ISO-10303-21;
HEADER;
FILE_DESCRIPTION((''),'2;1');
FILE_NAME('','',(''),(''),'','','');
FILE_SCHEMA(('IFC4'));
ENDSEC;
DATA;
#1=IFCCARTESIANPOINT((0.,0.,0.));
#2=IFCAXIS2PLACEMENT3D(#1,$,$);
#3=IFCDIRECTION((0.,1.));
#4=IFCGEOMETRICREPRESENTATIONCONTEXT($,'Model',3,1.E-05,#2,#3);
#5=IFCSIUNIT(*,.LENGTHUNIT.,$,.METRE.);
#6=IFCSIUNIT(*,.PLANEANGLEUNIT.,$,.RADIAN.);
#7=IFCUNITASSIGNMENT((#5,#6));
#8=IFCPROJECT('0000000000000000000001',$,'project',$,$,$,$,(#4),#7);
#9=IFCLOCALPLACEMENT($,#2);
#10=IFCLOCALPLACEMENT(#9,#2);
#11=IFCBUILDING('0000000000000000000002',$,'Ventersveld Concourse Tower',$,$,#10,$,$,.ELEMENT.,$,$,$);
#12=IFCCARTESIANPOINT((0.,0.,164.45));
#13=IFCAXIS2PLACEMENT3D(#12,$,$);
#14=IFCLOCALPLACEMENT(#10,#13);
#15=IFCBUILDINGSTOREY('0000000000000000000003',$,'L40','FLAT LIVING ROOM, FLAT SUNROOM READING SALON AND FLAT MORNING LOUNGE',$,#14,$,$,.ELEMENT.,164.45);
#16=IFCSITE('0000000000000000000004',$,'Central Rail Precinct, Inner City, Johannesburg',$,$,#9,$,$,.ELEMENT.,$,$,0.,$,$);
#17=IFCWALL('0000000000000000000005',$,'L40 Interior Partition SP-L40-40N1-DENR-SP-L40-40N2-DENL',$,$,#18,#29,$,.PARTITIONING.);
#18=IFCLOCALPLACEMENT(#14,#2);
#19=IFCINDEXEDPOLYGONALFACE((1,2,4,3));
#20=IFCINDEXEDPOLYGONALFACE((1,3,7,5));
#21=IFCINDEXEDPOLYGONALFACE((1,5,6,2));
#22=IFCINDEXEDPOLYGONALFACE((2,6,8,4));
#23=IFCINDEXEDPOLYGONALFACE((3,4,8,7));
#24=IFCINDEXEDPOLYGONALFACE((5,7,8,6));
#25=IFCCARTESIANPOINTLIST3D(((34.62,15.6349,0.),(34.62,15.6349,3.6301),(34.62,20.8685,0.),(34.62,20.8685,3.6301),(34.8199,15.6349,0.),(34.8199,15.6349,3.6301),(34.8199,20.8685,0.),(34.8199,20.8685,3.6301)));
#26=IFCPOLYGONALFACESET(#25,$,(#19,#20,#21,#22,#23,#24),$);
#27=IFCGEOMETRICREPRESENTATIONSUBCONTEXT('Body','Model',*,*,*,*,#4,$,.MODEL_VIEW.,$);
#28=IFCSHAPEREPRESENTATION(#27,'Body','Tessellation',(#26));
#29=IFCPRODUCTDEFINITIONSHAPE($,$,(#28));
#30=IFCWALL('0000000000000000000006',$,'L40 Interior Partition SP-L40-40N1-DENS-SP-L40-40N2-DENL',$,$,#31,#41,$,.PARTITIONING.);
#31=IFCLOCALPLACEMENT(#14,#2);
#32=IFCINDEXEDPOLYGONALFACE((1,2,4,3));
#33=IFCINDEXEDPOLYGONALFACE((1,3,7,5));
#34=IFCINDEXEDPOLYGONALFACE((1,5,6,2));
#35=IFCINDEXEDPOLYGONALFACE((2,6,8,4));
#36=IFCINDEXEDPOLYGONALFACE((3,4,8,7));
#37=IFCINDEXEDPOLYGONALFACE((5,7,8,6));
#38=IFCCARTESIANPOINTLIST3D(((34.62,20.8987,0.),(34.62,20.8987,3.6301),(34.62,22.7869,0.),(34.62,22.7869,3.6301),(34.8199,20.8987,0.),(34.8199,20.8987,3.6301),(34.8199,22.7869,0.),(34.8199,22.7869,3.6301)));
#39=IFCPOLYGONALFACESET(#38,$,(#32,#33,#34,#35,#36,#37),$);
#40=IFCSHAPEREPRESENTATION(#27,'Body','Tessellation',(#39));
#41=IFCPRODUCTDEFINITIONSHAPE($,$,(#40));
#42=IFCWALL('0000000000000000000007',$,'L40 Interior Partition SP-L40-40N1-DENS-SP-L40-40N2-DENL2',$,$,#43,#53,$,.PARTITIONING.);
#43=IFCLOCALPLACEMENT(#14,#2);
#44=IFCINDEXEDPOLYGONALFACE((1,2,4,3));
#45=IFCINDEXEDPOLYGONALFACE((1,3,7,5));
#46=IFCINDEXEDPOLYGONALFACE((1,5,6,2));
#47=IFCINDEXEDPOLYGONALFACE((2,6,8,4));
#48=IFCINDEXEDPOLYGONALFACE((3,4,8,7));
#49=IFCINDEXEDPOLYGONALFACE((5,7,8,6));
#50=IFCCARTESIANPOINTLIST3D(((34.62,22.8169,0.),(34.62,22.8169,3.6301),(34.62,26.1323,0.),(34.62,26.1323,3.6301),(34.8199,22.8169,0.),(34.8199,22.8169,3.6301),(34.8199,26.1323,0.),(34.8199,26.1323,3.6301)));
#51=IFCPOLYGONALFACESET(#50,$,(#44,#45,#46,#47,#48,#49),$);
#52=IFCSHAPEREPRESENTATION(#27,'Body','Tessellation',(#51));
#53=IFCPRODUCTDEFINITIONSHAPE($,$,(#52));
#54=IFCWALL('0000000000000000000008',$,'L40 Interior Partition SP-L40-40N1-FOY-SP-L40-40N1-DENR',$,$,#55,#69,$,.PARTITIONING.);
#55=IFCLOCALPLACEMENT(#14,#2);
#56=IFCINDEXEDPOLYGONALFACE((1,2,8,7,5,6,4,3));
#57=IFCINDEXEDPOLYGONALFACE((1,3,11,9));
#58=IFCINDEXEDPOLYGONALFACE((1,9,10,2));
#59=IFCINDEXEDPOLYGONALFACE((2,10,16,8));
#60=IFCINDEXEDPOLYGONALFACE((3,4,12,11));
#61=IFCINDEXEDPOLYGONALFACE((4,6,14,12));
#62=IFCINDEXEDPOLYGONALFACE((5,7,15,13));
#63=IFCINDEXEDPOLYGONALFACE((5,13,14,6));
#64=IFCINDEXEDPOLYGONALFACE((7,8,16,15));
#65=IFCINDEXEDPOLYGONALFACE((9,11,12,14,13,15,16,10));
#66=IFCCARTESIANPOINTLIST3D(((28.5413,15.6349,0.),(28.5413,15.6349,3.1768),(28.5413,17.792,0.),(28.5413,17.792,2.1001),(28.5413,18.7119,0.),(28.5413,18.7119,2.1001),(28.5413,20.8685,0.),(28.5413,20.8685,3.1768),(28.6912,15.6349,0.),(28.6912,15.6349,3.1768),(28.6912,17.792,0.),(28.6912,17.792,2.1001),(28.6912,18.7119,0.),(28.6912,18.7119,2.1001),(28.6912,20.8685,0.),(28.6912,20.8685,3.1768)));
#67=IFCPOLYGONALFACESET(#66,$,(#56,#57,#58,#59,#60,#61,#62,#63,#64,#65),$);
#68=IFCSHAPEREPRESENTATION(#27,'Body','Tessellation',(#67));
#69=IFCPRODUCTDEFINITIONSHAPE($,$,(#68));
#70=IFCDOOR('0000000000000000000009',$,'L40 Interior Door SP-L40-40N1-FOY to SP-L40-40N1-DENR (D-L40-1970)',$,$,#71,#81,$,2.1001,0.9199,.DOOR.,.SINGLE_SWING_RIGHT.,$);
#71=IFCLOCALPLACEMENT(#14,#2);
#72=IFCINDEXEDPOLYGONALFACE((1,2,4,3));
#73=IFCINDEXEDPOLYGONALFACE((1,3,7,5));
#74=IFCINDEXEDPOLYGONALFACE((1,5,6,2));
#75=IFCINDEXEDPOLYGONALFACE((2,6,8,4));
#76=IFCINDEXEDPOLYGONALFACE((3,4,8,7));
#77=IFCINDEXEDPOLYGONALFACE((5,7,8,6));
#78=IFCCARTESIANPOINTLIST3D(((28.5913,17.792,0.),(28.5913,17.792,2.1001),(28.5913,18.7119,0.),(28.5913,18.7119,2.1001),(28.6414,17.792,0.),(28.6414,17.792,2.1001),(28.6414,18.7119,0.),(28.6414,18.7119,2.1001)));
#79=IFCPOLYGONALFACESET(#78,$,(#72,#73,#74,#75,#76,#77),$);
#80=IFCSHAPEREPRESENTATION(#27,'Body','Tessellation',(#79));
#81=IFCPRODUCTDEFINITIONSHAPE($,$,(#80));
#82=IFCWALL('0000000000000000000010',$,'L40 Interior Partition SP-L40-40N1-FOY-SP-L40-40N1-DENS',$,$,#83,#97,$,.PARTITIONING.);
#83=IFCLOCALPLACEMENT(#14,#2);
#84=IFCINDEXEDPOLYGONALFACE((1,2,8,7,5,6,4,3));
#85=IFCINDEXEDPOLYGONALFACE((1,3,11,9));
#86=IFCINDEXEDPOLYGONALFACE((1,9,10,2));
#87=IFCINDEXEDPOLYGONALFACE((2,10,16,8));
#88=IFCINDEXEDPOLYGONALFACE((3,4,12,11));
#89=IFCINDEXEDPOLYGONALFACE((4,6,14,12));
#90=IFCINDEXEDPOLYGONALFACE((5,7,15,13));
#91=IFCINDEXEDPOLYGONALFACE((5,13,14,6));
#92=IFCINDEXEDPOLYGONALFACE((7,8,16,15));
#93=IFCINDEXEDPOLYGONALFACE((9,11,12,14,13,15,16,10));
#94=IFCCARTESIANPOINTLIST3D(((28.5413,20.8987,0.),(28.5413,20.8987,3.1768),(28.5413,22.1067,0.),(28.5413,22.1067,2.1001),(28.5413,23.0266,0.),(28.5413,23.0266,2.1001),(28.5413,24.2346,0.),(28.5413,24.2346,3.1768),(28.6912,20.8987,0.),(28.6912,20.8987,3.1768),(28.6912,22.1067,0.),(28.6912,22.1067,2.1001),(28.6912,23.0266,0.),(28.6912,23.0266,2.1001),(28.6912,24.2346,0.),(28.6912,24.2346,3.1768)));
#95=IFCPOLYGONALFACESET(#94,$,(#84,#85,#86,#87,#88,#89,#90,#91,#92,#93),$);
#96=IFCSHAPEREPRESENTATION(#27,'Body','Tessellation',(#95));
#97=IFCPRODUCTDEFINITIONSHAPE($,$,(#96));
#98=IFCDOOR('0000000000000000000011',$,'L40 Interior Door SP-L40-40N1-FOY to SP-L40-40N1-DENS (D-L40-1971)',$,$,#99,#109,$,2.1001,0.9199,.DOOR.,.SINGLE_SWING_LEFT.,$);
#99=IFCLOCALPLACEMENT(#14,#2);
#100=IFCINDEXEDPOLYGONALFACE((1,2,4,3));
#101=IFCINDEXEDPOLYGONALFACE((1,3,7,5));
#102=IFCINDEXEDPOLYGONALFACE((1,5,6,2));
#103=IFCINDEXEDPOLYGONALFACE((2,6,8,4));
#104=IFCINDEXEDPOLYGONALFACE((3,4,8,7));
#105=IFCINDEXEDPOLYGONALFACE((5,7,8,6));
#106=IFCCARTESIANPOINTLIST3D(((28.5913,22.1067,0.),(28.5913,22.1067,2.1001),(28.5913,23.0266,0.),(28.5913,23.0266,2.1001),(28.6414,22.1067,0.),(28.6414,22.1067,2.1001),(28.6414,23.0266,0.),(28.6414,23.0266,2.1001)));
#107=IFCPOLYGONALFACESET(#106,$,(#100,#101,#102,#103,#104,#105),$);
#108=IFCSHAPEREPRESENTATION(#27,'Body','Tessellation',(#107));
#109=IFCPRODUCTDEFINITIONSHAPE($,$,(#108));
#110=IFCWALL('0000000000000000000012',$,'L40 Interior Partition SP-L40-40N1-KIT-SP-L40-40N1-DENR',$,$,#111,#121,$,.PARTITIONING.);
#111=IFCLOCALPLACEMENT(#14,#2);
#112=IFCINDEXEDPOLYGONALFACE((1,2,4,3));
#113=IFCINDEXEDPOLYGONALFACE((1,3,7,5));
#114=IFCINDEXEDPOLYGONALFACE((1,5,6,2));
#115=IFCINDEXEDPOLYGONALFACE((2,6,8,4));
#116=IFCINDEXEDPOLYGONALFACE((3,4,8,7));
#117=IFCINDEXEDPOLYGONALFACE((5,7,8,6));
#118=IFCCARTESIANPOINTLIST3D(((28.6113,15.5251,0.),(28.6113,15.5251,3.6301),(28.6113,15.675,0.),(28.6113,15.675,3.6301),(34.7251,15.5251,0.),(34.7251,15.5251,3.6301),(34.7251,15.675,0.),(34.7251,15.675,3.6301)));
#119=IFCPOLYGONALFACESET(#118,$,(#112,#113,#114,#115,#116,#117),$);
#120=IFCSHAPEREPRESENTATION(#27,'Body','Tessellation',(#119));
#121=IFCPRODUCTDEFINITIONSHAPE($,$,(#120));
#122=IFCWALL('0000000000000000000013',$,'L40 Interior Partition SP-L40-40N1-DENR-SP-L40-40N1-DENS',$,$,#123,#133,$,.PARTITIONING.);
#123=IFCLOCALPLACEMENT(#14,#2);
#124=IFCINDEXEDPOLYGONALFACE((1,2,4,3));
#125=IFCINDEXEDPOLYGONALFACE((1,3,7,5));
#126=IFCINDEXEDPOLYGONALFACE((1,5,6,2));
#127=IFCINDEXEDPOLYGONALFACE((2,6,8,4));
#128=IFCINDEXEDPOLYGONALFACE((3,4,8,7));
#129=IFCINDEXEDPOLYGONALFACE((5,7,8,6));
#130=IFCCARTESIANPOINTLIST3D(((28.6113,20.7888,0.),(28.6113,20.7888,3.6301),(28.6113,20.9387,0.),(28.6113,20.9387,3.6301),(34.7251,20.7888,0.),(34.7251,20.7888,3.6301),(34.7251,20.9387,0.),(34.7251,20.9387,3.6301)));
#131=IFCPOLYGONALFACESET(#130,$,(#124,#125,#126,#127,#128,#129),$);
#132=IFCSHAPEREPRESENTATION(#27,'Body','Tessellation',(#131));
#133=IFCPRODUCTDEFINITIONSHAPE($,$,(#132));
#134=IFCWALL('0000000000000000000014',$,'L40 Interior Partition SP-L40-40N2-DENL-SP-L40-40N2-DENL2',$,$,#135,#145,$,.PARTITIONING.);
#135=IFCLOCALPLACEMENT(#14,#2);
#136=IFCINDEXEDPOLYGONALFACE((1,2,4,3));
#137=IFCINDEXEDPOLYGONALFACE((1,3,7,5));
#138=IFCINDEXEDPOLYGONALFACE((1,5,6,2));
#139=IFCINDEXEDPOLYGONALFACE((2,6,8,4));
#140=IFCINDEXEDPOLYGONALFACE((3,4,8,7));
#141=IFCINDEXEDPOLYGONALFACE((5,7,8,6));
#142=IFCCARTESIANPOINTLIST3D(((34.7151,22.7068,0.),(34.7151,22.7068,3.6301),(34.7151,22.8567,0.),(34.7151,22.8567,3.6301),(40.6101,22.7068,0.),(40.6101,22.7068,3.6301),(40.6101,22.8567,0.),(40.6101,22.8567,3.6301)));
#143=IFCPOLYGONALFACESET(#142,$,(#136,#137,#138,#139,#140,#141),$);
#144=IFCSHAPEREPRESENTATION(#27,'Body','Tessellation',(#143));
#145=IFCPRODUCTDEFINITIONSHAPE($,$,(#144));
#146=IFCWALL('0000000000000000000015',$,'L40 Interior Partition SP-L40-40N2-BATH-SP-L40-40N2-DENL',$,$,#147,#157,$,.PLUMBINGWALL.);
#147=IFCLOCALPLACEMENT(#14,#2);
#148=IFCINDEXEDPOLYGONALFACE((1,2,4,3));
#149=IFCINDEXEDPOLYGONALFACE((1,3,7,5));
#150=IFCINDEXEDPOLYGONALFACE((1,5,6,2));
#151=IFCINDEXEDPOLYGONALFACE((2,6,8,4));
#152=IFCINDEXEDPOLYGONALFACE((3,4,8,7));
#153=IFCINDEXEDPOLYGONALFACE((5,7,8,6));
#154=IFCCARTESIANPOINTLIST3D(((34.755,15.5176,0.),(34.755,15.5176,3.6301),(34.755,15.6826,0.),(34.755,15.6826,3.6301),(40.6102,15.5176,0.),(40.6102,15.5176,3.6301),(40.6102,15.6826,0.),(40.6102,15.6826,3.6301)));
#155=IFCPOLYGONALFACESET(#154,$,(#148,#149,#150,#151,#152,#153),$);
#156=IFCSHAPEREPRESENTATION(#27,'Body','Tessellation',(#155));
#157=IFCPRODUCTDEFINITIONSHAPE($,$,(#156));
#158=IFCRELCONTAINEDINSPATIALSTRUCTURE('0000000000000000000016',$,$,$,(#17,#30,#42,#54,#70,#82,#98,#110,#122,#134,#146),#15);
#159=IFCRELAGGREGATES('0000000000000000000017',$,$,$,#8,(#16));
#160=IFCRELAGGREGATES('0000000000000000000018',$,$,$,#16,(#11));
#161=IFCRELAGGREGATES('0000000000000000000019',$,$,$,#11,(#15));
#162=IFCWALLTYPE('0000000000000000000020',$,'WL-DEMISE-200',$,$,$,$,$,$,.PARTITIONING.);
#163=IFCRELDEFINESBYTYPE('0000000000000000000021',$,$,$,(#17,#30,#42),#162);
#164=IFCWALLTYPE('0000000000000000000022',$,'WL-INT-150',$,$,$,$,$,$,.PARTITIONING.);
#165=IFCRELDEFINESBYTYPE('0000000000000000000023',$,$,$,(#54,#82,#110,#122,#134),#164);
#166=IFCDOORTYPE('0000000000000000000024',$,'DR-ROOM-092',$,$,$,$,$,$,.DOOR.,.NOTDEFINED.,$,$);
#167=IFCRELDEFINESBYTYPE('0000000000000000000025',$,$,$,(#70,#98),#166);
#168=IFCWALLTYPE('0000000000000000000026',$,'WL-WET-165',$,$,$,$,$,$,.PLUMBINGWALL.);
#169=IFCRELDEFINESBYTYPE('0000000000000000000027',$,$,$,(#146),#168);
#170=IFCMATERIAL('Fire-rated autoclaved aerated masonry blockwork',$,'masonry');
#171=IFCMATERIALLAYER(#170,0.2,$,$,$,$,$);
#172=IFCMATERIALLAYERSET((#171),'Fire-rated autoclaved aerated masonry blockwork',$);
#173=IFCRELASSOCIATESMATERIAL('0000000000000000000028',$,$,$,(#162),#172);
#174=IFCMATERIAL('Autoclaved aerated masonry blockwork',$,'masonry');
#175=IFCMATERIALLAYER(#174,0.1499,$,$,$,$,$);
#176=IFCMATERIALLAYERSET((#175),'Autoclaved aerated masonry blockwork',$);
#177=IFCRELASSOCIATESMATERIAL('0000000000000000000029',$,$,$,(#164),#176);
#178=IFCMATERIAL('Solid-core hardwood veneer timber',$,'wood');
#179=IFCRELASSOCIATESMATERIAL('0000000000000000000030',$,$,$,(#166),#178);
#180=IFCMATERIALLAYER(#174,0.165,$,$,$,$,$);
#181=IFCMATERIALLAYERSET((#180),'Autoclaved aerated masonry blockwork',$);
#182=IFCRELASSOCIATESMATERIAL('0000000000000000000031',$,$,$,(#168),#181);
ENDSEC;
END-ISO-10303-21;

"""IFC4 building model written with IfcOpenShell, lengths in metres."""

from ifc_helpers import new_model, si_unit, direction, frame, frame_2d, origin, place, context, subcontext, project, spatial, rectangle, extrude, material, layer, layer_set, type_object, element, fill, save


model = new_model("IFC4")

# Units and contexts
model_context = context("Model", 3, precision=1e-05, world=origin(), true_north=direction((0.0, 1.0)))
body_context = subcontext(model_context, "Body", "Model", "MODEL_VIEW")
ifc_project = project(units=[si_unit("LENGTHUNIT", "METRE"), si_unit("PLANEANGLEUNIT", "RADIAN")], contexts=[model_context])

# Site, building, storey
site_placement = place(None, origin())
site = spatial("IfcSite", under=ifc_project, at=site_placement, Name="Central Rail Precinct, Inner City, Johannesburg", CompositionType="ELEMENT", RefElevation=0.0)
building_placement = place(site_placement, origin())
building = spatial("IfcBuilding", under=site, at=building_placement, Name="Ventersveld Concourse Tower", CompositionType="ELEMENT")
storey_placement = place(building_placement, frame((0.0, 0.0, 164.45)))
storey = spatial("IfcBuildingStorey", under=building, at=storey_placement, Name="L40", Description="FLAT LIVING ROOM, FLAT SUNROOM READING SALON AND FLAT MORNING LOUNGE", CompositionType="ELEMENT", Elevation=164.45)

# Walls
ifc_material_1 = material(Name="Fire-rated autoclaved aerated masonry blockwork", Category="masonry")
ifc_layer_1 = layer(ifc_material_1, 0.2)
ifc_layer_set_1 = layer_set([ifc_layer_1], Name="Fire-rated autoclaved aerated masonry blockwork")
wall_type_1 = type_object("IfcWallType", Name="WL-DEMISE-200", PredefinedType="PARTITIONING", material=ifc_layer_set_1)
wall_1_placement = place(storey_placement, frame((34.72, 15.635, 0.0), z_axis=(0.0, 0.0, 1.0), x_axis=(0.0, 1.0, 0.0)))
element("IfcWall", 1, at=wall_1_placement, inside=storey, type_object=wall_type_1, Name="L40 Interior Partition SP-L40-40N1-DENR-SP-L40-40N2-DENL", PredefinedType="PARTITIONING", context=body_context, shape_type="SweptSolid", body=[
    extrude(rectangle(XDim=5.2336, YDim=0.2, at=frame_2d((2.6167, 0.0))), origin(), (0.0, 0.0, 1.0), 3.6301),
])
wall_2_placement = place(storey_placement, frame((34.72, 20.8987, 0.0), z_axis=(0.0, 0.0, 1.0), x_axis=(0.0, 1.0, 0.0)))
element("IfcWall", 2, at=wall_2_placement, inside=storey, type_object=wall_type_1, Name="L40 Interior Partition SP-L40-40N1-DENS-SP-L40-40N2-DENL", PredefinedType="PARTITIONING", context=body_context, shape_type="SweptSolid", body=[
    extrude(rectangle(XDim=1.8882, YDim=0.2, at=frame_2d((0.9441, 0.0))), origin(), (0.0, 0.0, 1.0), 3.6301),
])
wall_3_placement = place(storey_placement, frame((34.72, 22.8169, 0.0), z_axis=(0.0, 0.0, 1.0), x_axis=(0.0, 1.0, 0.0)))
element("IfcWall", 3, at=wall_3_placement, inside=storey, type_object=wall_type_1, Name="L40 Interior Partition SP-L40-40N1-DENS-SP-L40-40N2-DENL2", PredefinedType="PARTITIONING", context=body_context, shape_type="SweptSolid", body=[
    extrude(rectangle(XDim=3.3154, YDim=0.2, at=frame_2d((1.6577, 0.0))), origin(), (0.0, 0.0, 1.0), 3.6301),
])

# Walls, openings, doors
ifc_material_2 = material(Name="Autoclaved aerated masonry blockwork", Category="masonry")
ifc_layer_2 = layer(ifc_material_2, 0.1499)
ifc_layer_set_2 = layer_set([ifc_layer_2], Name="Autoclaved aerated masonry blockwork")
wall_type_2 = type_object("IfcWallType", Name="WL-INT-150", PredefinedType="PARTITIONING", material=ifc_layer_set_2)
wall_4_placement = place(storey_placement, frame((28.6162, 15.635, 0.0), z_axis=(0.0, 0.0, 1.0), x_axis=(0.0, 1.0, 0.0)))
wall_4 = element("IfcWall", 4, at=wall_4_placement, inside=storey, type_object=wall_type_2, Name="L40 Interior Partition SP-L40-40N1-FOY-SP-L40-40N1-DENR", PredefinedType="PARTITIONING", context=body_context, shape_type="SweptSolid", body=[
    extrude(rectangle(XDim=5.2336, YDim=0.1499, at=frame_2d((2.6167, 0.0))), origin(), (0.0, 0.0, 1.0), 3.1768),
])
opening_1_placement = place(wall_4_placement, frame((2.157, 0.0, 0.0)))
opening_1 = element("IfcOpeningElement", 5, at=opening_1_placement, cuts=wall_4, PredefinedType="OPENING", context=body_context, shape_type="SweptSolid", body=[
    extrude(rectangle(XDim=0.9199, YDim=2.1001, at=frame_2d((0.46, 1.05))), frame((0.0, 0.085, 0.0), z_axis=(0.0, -1.0, 0.0), x_axis=(1.0, 0.0, 0.0)), (0.0, 0.0, 1.0), 0.1699),
])
ifc_material_3 = material(Name="Solid-core hardwood veneer timber", Category="wood")
door_type = type_object("IfcDoorType", Name="DR-ROOM-092", OperationType="NOTDEFINED", PredefinedType="DOOR", material=ifc_material_3)
door_1_placement = place(opening_1_placement, origin())
door_1 = element("IfcDoor", 6, at=door_1_placement, inside=storey, type_object=door_type, Name="L40 Interior Door SP-L40-40N1-FOY to SP-L40-40N1-DENR (D-L40-1970)", OperationType="SINGLE_SWING_RIGHT", OverallHeight=2.1001, OverallWidth=0.9199, PredefinedType="DOOR", context=body_context, shape_type="SweptSolid", body=[
    extrude(rectangle(XDim=0.9199, YDim=2.1001, at=frame_2d((0.46, 1.05))), frame((0.0, 0.0249, 0.0), z_axis=(0.0, -1.0, 0.0), x_axis=(1.0, 0.0, 0.0)), (0.0, 0.0, 1.0), 0.05),
])
fill(opening_1, door_1)
wall_5_placement = place(storey_placement, frame((28.6162, 20.8987, 0.0), z_axis=(0.0, 0.0, 1.0), x_axis=(0.0, 1.0, 0.0)))
wall_5 = element("IfcWall", 7, at=wall_5_placement, inside=storey, type_object=wall_type_2, Name="L40 Interior Partition SP-L40-40N1-FOY-SP-L40-40N1-DENS", PredefinedType="PARTITIONING", context=body_context, shape_type="SweptSolid", body=[
    extrude(rectangle(XDim=3.3359, YDim=0.1499, at=frame_2d((1.668, 0.0))), origin(), (0.0, 0.0, 1.0), 3.1768),
])
opening_2_placement = place(wall_5_placement, frame((1.208, 0.0, 0.0)))
opening_2 = element("IfcOpeningElement", 8, at=opening_2_placement, cuts=wall_5, PredefinedType="OPENING", context=body_context, shape_type="SweptSolid", body=[
    extrude(rectangle(XDim=0.9199, YDim=2.1001, at=frame_2d((0.46, 1.05))), frame((0.0, 0.085, 0.0), z_axis=(0.0, -1.0, 0.0), x_axis=(1.0, 0.0, 0.0)), (0.0, 0.0, 1.0), 0.1699),
])
door_2_placement = place(opening_2_placement, origin())
door_2 = element("IfcDoor", 9, at=door_2_placement, inside=storey, type_object=door_type, Name="L40 Interior Door SP-L40-40N1-FOY to SP-L40-40N1-DENS (D-L40-1971)", OperationType="SINGLE_SWING_LEFT", OverallHeight=2.1001, OverallWidth=0.9199, PredefinedType="DOOR", context=body_context, shape_type="SweptSolid", body=[
    extrude(rectangle(XDim=0.9199, YDim=2.1001, at=frame_2d((0.46, 1.05))), frame((0.0, 0.0249, 0.0), z_axis=(0.0, -1.0, 0.0), x_axis=(1.0, 0.0, 0.0)), (0.0, 0.0, 1.0), 0.05),
])
fill(opening_2, door_2)

# Walls
for number, where, z_axis, x_axis, name in (
    (10, (28.6113, 15.6001, 0.0), (0.0, 0.0, 1.0), (1.0, 0.0, 0.0), "L40 Interior Partition SP-L40-40N1-KIT-SP-L40-40N1-DENR"),
    (11, (28.6113, 20.8638, 0.0), (0.0, 0.0, 1.0), (1.0, 0.0, 0.0), "L40 Interior Partition SP-L40-40N1-DENR-SP-L40-40N1-DENS"),
):
    element("IfcWall", number, at=place(storey_placement, frame(where, z_axis=z_axis, x_axis=x_axis)), inside=storey, type_object=wall_type_2, Name=name, PredefinedType="PARTITIONING", context=body_context, shape_type="SweptSolid", body=[
        extrude(rectangle(XDim=6.1138, YDim=0.1499, at=frame_2d((3.0569, 0.0))), origin(), (0.0, 0.0, 1.0), 3.6301),
    ])
wall_6_placement = place(storey_placement, frame((34.7151, 22.7817, 0.0), z_axis=(0.0, 0.0, 1.0), x_axis=(1.0, 0.0, 0.0)))
element("IfcWall", 12, at=wall_6_placement, inside=storey, type_object=wall_type_2, Name="L40 Interior Partition SP-L40-40N2-DENL-SP-L40-40N2-DENL2", PredefinedType="PARTITIONING", context=body_context, shape_type="SweptSolid", body=[
    extrude(rectangle(XDim=5.895, YDim=0.1499, at=frame_2d((2.9475, 0.0))), origin(), (0.0, 0.0, 1.0), 3.6301),
])
ifc_layer_3 = layer(ifc_material_2, 0.165)
ifc_layer_set_3 = layer_set([ifc_layer_3], Name="Autoclaved aerated masonry blockwork")
wall_type_3 = type_object("IfcWallType", Name="WL-WET-165", PredefinedType="PLUMBINGWALL", material=ifc_layer_set_3)
wall_7_placement = place(storey_placement, frame((34.7549, 15.6001, 0.0), z_axis=(0.0, 0.0, 1.0), x_axis=(1.0, 0.0, 0.0)))
element("IfcWall", 13, at=wall_7_placement, inside=storey, type_object=wall_type_3, Name="L40 Interior Partition SP-L40-40N2-BATH-SP-L40-40N2-DENL", PredefinedType="PLUMBINGWALL", context=body_context, shape_type="SweptSolid", body=[
    extrude(rectangle(XDim=5.8552, YDim=0.165, at=frame_2d((2.9277, 0.0))), origin(), (0.0, 0.0, 1.0), 3.6301),
])

save(model, "model.ifc")
